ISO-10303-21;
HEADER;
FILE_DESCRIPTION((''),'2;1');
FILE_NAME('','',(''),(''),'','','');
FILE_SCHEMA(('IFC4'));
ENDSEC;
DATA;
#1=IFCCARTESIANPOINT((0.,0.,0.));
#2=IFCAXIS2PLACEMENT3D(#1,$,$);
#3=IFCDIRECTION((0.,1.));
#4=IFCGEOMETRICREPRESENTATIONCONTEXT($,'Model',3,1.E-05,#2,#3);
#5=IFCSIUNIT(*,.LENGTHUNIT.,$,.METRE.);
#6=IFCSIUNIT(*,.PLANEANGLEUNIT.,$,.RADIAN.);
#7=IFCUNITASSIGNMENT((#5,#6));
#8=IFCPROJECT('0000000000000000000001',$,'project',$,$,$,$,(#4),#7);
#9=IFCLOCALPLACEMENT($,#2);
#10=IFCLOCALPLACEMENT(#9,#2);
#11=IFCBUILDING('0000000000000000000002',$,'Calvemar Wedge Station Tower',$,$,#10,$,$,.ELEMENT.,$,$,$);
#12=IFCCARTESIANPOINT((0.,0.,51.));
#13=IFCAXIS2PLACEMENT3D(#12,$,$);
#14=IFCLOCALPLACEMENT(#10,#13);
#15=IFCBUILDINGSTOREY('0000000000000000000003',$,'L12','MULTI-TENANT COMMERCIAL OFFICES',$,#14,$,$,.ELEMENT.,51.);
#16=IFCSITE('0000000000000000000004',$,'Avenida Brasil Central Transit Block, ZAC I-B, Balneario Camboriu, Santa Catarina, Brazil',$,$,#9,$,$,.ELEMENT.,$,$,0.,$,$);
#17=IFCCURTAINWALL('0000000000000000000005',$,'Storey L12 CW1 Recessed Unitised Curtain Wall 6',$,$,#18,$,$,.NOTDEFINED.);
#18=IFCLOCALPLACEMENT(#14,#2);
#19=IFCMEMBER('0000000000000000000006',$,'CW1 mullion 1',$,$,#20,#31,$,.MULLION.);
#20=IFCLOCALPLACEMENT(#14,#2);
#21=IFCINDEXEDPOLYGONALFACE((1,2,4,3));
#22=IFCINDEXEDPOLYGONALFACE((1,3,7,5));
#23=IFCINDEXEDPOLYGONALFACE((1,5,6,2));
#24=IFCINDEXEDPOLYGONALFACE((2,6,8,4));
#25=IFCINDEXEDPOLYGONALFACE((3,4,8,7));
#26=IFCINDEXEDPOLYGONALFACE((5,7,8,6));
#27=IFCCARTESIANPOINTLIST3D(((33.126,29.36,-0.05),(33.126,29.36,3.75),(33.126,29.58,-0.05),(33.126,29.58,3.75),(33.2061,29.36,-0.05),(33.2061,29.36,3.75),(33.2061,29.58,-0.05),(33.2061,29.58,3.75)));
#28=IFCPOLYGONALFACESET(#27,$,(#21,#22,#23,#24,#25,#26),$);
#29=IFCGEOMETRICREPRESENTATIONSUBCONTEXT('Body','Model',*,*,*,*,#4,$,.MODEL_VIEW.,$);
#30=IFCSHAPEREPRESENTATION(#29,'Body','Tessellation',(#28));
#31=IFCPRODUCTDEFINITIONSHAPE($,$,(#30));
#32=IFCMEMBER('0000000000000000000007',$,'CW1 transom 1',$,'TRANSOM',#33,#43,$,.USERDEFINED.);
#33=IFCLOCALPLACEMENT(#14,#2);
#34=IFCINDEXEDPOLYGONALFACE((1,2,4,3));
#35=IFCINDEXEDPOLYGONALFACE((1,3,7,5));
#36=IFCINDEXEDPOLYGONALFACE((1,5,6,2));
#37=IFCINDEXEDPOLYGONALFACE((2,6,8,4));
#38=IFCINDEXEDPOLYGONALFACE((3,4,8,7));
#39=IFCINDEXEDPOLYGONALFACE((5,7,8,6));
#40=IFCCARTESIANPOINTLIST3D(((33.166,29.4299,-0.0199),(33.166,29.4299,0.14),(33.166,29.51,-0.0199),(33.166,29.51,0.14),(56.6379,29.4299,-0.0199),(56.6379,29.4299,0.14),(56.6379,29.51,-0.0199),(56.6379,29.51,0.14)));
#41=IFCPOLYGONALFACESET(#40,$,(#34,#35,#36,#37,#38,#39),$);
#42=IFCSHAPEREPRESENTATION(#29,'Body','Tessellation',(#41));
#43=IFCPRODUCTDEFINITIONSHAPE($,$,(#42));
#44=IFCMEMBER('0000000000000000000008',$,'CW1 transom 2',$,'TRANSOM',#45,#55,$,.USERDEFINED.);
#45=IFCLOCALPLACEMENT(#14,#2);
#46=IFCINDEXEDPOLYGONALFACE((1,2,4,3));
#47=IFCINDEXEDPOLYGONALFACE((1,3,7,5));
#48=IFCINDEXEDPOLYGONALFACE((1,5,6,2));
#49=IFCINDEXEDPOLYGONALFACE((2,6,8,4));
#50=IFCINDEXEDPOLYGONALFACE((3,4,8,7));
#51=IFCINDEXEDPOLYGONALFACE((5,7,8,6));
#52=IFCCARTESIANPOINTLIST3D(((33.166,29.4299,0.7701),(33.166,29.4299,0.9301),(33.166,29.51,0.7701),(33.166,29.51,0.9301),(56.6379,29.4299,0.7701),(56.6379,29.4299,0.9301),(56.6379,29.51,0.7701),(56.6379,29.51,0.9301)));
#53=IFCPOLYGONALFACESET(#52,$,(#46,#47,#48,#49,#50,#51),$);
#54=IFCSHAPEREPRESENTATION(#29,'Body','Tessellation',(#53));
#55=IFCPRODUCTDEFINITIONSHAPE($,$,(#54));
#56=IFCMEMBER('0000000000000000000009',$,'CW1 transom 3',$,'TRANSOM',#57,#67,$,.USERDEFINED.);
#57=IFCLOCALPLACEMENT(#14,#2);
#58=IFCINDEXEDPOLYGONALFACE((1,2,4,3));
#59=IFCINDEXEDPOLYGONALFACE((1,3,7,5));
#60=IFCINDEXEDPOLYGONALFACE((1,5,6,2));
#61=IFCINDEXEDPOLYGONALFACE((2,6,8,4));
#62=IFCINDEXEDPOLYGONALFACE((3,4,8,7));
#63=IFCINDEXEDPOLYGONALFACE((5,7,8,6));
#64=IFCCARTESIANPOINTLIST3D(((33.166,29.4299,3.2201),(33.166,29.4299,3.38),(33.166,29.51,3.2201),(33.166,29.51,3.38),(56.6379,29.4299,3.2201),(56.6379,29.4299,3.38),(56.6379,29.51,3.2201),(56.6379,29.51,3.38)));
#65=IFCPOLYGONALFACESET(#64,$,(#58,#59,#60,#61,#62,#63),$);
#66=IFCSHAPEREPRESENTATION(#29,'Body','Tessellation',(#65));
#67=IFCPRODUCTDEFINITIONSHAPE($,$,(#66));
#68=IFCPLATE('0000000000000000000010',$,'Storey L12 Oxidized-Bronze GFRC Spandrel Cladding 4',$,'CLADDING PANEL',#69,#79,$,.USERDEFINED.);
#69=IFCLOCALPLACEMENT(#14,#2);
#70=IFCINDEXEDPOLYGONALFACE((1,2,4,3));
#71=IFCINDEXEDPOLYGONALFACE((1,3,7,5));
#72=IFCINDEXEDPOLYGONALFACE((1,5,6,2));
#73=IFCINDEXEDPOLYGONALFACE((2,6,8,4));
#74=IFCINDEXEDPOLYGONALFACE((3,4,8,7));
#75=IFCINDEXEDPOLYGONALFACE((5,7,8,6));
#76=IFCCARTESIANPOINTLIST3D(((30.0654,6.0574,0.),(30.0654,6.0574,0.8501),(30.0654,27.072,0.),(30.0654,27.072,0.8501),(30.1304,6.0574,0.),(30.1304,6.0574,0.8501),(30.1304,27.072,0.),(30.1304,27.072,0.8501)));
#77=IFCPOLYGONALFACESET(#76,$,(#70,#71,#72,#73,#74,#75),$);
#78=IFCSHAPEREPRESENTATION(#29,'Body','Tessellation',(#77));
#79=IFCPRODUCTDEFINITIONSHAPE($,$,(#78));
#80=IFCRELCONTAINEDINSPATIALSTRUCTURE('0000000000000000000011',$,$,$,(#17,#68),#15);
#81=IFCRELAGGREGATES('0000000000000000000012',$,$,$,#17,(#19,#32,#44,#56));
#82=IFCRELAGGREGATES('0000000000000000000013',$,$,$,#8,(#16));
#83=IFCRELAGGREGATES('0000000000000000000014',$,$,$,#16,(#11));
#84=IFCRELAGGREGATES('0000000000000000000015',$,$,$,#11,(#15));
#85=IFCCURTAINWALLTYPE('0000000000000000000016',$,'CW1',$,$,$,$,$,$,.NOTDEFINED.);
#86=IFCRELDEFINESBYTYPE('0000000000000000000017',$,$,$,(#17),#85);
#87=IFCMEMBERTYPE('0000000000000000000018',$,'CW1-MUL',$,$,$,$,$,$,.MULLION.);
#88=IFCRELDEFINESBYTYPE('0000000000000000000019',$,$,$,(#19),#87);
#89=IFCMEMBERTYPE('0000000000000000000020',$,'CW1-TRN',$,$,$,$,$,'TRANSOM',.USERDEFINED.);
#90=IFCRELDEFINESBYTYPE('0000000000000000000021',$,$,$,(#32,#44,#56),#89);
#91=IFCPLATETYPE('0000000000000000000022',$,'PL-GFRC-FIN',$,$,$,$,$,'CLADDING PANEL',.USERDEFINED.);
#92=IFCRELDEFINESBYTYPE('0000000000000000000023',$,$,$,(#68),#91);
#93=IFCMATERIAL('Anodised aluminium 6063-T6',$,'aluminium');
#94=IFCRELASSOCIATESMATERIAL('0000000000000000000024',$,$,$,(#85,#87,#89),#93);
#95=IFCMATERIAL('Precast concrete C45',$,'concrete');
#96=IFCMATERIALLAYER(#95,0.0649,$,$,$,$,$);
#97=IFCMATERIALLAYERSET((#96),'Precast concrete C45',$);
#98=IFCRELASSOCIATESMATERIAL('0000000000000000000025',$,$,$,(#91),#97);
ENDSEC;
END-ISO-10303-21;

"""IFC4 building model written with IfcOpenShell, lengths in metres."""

from ifc_helpers import new_model, si_unit, direction, frame, frame_2d, origin, origin_2d, place, context, subcontext, project, spatial, rectangle, extrude, source, transform, mapped, material, layer, layer_set, material_profile, profile_set, type_object, element, aggregate, save


model = new_model("IFC4")

# Units and contexts
model_context = context("Model", 3, precision=1e-05, world=origin(), true_north=direction((0.0, 1.0)))
body_context = subcontext(model_context, "Body", "Model", "MODEL_VIEW")
ifc_project = project(units=[si_unit("LENGTHUNIT", "METRE"), si_unit("PLANEANGLEUNIT", "RADIAN")], contexts=[model_context])

# Site, building, storey
site_placement = place(None, origin())
site = spatial("IfcSite", under=ifc_project, at=site_placement, Name="Avenida Brasil Central Transit Block, ZAC I-B, Balneario Camboriu, Santa Catarina, Brazil", CompositionType="ELEMENT", RefElevation=0.0)
building_placement = place(site_placement, origin())
building = spatial("IfcBuilding", under=site, at=building_placement, Name="Calvemar Wedge Station Tower", CompositionType="ELEMENT")
storey_placement = place(building_placement, frame((0.0, 0.0, 51.0)))
storey = spatial("IfcBuildingStorey", under=building, at=storey_placement, Name="L12", Description="MULTI-TENANT COMMERCIAL OFFICES", CompositionType="ELEMENT", Elevation=51.0)

# Curtain wall, members
ifc_material_1 = material(Name="Anodised aluminium 6063-T6", Category="aluminium")
curtain_wall_type = type_object("IfcCurtainWallType", Name="CW1", PredefinedType="NOTDEFINED", material=ifc_material_1)
curtain_wall_placement = place(storey_placement, origin())
curtain_wall = element("IfcCurtainWall", 1, at=curtain_wall_placement, inside=storey, type_object=curtain_wall_type, Name="Storey L12 CW1 Recessed Unitised Curtain Wall 6", PredefinedType="NOTDEFINED")
ifc_material_profile_1 = material_profile(ifc_material_1, rectangle(XDim=0.0801, YDim=0.22, at=origin_2d()), Name="AL-MUL-80x220")
ifc_profile_set_1 = profile_set([ifc_material_profile_1], Name="Anodised aluminium 6063-T6")
member_type_1 = type_object("IfcMemberType", Name="CW1-MUL", PredefinedType="MULLION", material=ifc_profile_set_1)
shared_shape_1 = source(origin(), body_context, "Body", "SweptSolid", [
    extrude(rectangle(XDim=0.0801, YDim=0.22, at=origin_2d()), origin(), (0.0, 0.0, 1.0), 3.8),
])
member_1_placement = place(storey_placement, frame((33.166, 29.47, -0.05), z_axis=(0.0, 0.0, 1.0), x_axis=(1.0, 0.0, 0.0)))
member_1 = element("IfcMember", 2, at=member_1_placement, type_object=member_type_1, Name="CW1 mullion 1", PredefinedType="MULLION", context=body_context, shape_type="MappedRepresentation", body=[
    mapped(shared_shape_1, transform((0.0, 0.0, 0.0), scale=1.0)),
])
ifc_material_profile_2 = material_profile(ifc_material_1, rectangle(XDim=0.0801, YDim=0.1599, at=origin_2d()), Name="AL-TRN-80x160")
ifc_profile_set_2 = profile_set([ifc_material_profile_2], Name="Anodised aluminium 6063-T6")
member_type_2 = type_object("IfcMemberType", Name="CW1-TRN", ElementType="TRANSOM", PredefinedType="USERDEFINED", material=ifc_profile_set_2)
shared_shape_2 = source(origin(), body_context, "Body", "SweptSolid", [
    extrude(rectangle(XDim=0.0801, YDim=0.1599, at=origin_2d()), origin(), (0.0, 0.0, 1.0), 23.4719),
])
member_2_placement = place(storey_placement, frame((33.166, 29.47, 0.0601), z_axis=(1.0, 0.0, 0.0), x_axis=(0.0, 1.0, 0.0)))
member_2 = element("IfcMember", 3, at=member_2_placement, type_object=member_type_2, Name="CW1 transom 1", ObjectType="TRANSOM", PredefinedType="USERDEFINED", context=body_context, shape_type="MappedRepresentation", body=[
    mapped(shared_shape_2, transform((0.0, 0.0, 0.0), scale=1.0)),
])
member_3_placement = place(storey_placement, frame((33.166, 29.47, 0.8501), z_axis=(1.0, 0.0, 0.0), x_axis=(0.0, 1.0, 0.0)))
member_3 = element("IfcMember", 4, at=member_3_placement, type_object=member_type_2, Name="CW1 transom 2", ObjectType="TRANSOM", PredefinedType="USERDEFINED", context=body_context, shape_type="MappedRepresentation", body=[
    mapped(shared_shape_2, transform((0.0, 0.0, 0.0), scale=1.0)),
])
member_4_placement = place(storey_placement, frame((33.166, 29.47, 3.3), z_axis=(1.0, 0.0, 0.0), x_axis=(0.0, 1.0, 0.0)))
member_4 = element("IfcMember", 5, at=member_4_placement, type_object=member_type_2, Name="CW1 transom 3", ObjectType="TRANSOM", PredefinedType="USERDEFINED", context=body_context, shape_type="MappedRepresentation", body=[
    mapped(shared_shape_2, transform((0.0, 0.0, 0.0), scale=1.0)),
])
aggregate(curtain_wall, [member_1, member_2, member_3, member_4])

# Plate
ifc_material_2 = material(Name="Precast concrete C45", Category="concrete")
ifc_layer_1 = layer(ifc_material_2, 0.0649)
ifc_layer_set_1 = layer_set([ifc_layer_1], Name="Precast concrete C45")
plate_type = type_object("IfcPlateType", Name="PL-GFRC-FIN", ElementType="CLADDING PANEL", PredefinedType="USERDEFINED", material=ifc_layer_set_1)
plate_placement = place(storey_placement, frame((30.0979, 6.0574, 0.0), z_axis=(0.0, 0.0, 1.0), x_axis=(0.0, 1.0, 0.0)))
element("IfcPlate", 6, at=plate_placement, inside=storey, type_object=plate_type, Name="Storey L12 Oxidized-Bronze GFRC Spandrel Cladding 4", ObjectType="CLADDING PANEL", PredefinedType="USERDEFINED", context=body_context, shape_type="SweptSolid", body=[
    extrude(rectangle(XDim=21.0146, YDim=0.0649, at=frame_2d((10.5073, 0.0))), origin(), (0.0, 0.0, 1.0), 0.8501),
])

save(model, "model.ifc")
